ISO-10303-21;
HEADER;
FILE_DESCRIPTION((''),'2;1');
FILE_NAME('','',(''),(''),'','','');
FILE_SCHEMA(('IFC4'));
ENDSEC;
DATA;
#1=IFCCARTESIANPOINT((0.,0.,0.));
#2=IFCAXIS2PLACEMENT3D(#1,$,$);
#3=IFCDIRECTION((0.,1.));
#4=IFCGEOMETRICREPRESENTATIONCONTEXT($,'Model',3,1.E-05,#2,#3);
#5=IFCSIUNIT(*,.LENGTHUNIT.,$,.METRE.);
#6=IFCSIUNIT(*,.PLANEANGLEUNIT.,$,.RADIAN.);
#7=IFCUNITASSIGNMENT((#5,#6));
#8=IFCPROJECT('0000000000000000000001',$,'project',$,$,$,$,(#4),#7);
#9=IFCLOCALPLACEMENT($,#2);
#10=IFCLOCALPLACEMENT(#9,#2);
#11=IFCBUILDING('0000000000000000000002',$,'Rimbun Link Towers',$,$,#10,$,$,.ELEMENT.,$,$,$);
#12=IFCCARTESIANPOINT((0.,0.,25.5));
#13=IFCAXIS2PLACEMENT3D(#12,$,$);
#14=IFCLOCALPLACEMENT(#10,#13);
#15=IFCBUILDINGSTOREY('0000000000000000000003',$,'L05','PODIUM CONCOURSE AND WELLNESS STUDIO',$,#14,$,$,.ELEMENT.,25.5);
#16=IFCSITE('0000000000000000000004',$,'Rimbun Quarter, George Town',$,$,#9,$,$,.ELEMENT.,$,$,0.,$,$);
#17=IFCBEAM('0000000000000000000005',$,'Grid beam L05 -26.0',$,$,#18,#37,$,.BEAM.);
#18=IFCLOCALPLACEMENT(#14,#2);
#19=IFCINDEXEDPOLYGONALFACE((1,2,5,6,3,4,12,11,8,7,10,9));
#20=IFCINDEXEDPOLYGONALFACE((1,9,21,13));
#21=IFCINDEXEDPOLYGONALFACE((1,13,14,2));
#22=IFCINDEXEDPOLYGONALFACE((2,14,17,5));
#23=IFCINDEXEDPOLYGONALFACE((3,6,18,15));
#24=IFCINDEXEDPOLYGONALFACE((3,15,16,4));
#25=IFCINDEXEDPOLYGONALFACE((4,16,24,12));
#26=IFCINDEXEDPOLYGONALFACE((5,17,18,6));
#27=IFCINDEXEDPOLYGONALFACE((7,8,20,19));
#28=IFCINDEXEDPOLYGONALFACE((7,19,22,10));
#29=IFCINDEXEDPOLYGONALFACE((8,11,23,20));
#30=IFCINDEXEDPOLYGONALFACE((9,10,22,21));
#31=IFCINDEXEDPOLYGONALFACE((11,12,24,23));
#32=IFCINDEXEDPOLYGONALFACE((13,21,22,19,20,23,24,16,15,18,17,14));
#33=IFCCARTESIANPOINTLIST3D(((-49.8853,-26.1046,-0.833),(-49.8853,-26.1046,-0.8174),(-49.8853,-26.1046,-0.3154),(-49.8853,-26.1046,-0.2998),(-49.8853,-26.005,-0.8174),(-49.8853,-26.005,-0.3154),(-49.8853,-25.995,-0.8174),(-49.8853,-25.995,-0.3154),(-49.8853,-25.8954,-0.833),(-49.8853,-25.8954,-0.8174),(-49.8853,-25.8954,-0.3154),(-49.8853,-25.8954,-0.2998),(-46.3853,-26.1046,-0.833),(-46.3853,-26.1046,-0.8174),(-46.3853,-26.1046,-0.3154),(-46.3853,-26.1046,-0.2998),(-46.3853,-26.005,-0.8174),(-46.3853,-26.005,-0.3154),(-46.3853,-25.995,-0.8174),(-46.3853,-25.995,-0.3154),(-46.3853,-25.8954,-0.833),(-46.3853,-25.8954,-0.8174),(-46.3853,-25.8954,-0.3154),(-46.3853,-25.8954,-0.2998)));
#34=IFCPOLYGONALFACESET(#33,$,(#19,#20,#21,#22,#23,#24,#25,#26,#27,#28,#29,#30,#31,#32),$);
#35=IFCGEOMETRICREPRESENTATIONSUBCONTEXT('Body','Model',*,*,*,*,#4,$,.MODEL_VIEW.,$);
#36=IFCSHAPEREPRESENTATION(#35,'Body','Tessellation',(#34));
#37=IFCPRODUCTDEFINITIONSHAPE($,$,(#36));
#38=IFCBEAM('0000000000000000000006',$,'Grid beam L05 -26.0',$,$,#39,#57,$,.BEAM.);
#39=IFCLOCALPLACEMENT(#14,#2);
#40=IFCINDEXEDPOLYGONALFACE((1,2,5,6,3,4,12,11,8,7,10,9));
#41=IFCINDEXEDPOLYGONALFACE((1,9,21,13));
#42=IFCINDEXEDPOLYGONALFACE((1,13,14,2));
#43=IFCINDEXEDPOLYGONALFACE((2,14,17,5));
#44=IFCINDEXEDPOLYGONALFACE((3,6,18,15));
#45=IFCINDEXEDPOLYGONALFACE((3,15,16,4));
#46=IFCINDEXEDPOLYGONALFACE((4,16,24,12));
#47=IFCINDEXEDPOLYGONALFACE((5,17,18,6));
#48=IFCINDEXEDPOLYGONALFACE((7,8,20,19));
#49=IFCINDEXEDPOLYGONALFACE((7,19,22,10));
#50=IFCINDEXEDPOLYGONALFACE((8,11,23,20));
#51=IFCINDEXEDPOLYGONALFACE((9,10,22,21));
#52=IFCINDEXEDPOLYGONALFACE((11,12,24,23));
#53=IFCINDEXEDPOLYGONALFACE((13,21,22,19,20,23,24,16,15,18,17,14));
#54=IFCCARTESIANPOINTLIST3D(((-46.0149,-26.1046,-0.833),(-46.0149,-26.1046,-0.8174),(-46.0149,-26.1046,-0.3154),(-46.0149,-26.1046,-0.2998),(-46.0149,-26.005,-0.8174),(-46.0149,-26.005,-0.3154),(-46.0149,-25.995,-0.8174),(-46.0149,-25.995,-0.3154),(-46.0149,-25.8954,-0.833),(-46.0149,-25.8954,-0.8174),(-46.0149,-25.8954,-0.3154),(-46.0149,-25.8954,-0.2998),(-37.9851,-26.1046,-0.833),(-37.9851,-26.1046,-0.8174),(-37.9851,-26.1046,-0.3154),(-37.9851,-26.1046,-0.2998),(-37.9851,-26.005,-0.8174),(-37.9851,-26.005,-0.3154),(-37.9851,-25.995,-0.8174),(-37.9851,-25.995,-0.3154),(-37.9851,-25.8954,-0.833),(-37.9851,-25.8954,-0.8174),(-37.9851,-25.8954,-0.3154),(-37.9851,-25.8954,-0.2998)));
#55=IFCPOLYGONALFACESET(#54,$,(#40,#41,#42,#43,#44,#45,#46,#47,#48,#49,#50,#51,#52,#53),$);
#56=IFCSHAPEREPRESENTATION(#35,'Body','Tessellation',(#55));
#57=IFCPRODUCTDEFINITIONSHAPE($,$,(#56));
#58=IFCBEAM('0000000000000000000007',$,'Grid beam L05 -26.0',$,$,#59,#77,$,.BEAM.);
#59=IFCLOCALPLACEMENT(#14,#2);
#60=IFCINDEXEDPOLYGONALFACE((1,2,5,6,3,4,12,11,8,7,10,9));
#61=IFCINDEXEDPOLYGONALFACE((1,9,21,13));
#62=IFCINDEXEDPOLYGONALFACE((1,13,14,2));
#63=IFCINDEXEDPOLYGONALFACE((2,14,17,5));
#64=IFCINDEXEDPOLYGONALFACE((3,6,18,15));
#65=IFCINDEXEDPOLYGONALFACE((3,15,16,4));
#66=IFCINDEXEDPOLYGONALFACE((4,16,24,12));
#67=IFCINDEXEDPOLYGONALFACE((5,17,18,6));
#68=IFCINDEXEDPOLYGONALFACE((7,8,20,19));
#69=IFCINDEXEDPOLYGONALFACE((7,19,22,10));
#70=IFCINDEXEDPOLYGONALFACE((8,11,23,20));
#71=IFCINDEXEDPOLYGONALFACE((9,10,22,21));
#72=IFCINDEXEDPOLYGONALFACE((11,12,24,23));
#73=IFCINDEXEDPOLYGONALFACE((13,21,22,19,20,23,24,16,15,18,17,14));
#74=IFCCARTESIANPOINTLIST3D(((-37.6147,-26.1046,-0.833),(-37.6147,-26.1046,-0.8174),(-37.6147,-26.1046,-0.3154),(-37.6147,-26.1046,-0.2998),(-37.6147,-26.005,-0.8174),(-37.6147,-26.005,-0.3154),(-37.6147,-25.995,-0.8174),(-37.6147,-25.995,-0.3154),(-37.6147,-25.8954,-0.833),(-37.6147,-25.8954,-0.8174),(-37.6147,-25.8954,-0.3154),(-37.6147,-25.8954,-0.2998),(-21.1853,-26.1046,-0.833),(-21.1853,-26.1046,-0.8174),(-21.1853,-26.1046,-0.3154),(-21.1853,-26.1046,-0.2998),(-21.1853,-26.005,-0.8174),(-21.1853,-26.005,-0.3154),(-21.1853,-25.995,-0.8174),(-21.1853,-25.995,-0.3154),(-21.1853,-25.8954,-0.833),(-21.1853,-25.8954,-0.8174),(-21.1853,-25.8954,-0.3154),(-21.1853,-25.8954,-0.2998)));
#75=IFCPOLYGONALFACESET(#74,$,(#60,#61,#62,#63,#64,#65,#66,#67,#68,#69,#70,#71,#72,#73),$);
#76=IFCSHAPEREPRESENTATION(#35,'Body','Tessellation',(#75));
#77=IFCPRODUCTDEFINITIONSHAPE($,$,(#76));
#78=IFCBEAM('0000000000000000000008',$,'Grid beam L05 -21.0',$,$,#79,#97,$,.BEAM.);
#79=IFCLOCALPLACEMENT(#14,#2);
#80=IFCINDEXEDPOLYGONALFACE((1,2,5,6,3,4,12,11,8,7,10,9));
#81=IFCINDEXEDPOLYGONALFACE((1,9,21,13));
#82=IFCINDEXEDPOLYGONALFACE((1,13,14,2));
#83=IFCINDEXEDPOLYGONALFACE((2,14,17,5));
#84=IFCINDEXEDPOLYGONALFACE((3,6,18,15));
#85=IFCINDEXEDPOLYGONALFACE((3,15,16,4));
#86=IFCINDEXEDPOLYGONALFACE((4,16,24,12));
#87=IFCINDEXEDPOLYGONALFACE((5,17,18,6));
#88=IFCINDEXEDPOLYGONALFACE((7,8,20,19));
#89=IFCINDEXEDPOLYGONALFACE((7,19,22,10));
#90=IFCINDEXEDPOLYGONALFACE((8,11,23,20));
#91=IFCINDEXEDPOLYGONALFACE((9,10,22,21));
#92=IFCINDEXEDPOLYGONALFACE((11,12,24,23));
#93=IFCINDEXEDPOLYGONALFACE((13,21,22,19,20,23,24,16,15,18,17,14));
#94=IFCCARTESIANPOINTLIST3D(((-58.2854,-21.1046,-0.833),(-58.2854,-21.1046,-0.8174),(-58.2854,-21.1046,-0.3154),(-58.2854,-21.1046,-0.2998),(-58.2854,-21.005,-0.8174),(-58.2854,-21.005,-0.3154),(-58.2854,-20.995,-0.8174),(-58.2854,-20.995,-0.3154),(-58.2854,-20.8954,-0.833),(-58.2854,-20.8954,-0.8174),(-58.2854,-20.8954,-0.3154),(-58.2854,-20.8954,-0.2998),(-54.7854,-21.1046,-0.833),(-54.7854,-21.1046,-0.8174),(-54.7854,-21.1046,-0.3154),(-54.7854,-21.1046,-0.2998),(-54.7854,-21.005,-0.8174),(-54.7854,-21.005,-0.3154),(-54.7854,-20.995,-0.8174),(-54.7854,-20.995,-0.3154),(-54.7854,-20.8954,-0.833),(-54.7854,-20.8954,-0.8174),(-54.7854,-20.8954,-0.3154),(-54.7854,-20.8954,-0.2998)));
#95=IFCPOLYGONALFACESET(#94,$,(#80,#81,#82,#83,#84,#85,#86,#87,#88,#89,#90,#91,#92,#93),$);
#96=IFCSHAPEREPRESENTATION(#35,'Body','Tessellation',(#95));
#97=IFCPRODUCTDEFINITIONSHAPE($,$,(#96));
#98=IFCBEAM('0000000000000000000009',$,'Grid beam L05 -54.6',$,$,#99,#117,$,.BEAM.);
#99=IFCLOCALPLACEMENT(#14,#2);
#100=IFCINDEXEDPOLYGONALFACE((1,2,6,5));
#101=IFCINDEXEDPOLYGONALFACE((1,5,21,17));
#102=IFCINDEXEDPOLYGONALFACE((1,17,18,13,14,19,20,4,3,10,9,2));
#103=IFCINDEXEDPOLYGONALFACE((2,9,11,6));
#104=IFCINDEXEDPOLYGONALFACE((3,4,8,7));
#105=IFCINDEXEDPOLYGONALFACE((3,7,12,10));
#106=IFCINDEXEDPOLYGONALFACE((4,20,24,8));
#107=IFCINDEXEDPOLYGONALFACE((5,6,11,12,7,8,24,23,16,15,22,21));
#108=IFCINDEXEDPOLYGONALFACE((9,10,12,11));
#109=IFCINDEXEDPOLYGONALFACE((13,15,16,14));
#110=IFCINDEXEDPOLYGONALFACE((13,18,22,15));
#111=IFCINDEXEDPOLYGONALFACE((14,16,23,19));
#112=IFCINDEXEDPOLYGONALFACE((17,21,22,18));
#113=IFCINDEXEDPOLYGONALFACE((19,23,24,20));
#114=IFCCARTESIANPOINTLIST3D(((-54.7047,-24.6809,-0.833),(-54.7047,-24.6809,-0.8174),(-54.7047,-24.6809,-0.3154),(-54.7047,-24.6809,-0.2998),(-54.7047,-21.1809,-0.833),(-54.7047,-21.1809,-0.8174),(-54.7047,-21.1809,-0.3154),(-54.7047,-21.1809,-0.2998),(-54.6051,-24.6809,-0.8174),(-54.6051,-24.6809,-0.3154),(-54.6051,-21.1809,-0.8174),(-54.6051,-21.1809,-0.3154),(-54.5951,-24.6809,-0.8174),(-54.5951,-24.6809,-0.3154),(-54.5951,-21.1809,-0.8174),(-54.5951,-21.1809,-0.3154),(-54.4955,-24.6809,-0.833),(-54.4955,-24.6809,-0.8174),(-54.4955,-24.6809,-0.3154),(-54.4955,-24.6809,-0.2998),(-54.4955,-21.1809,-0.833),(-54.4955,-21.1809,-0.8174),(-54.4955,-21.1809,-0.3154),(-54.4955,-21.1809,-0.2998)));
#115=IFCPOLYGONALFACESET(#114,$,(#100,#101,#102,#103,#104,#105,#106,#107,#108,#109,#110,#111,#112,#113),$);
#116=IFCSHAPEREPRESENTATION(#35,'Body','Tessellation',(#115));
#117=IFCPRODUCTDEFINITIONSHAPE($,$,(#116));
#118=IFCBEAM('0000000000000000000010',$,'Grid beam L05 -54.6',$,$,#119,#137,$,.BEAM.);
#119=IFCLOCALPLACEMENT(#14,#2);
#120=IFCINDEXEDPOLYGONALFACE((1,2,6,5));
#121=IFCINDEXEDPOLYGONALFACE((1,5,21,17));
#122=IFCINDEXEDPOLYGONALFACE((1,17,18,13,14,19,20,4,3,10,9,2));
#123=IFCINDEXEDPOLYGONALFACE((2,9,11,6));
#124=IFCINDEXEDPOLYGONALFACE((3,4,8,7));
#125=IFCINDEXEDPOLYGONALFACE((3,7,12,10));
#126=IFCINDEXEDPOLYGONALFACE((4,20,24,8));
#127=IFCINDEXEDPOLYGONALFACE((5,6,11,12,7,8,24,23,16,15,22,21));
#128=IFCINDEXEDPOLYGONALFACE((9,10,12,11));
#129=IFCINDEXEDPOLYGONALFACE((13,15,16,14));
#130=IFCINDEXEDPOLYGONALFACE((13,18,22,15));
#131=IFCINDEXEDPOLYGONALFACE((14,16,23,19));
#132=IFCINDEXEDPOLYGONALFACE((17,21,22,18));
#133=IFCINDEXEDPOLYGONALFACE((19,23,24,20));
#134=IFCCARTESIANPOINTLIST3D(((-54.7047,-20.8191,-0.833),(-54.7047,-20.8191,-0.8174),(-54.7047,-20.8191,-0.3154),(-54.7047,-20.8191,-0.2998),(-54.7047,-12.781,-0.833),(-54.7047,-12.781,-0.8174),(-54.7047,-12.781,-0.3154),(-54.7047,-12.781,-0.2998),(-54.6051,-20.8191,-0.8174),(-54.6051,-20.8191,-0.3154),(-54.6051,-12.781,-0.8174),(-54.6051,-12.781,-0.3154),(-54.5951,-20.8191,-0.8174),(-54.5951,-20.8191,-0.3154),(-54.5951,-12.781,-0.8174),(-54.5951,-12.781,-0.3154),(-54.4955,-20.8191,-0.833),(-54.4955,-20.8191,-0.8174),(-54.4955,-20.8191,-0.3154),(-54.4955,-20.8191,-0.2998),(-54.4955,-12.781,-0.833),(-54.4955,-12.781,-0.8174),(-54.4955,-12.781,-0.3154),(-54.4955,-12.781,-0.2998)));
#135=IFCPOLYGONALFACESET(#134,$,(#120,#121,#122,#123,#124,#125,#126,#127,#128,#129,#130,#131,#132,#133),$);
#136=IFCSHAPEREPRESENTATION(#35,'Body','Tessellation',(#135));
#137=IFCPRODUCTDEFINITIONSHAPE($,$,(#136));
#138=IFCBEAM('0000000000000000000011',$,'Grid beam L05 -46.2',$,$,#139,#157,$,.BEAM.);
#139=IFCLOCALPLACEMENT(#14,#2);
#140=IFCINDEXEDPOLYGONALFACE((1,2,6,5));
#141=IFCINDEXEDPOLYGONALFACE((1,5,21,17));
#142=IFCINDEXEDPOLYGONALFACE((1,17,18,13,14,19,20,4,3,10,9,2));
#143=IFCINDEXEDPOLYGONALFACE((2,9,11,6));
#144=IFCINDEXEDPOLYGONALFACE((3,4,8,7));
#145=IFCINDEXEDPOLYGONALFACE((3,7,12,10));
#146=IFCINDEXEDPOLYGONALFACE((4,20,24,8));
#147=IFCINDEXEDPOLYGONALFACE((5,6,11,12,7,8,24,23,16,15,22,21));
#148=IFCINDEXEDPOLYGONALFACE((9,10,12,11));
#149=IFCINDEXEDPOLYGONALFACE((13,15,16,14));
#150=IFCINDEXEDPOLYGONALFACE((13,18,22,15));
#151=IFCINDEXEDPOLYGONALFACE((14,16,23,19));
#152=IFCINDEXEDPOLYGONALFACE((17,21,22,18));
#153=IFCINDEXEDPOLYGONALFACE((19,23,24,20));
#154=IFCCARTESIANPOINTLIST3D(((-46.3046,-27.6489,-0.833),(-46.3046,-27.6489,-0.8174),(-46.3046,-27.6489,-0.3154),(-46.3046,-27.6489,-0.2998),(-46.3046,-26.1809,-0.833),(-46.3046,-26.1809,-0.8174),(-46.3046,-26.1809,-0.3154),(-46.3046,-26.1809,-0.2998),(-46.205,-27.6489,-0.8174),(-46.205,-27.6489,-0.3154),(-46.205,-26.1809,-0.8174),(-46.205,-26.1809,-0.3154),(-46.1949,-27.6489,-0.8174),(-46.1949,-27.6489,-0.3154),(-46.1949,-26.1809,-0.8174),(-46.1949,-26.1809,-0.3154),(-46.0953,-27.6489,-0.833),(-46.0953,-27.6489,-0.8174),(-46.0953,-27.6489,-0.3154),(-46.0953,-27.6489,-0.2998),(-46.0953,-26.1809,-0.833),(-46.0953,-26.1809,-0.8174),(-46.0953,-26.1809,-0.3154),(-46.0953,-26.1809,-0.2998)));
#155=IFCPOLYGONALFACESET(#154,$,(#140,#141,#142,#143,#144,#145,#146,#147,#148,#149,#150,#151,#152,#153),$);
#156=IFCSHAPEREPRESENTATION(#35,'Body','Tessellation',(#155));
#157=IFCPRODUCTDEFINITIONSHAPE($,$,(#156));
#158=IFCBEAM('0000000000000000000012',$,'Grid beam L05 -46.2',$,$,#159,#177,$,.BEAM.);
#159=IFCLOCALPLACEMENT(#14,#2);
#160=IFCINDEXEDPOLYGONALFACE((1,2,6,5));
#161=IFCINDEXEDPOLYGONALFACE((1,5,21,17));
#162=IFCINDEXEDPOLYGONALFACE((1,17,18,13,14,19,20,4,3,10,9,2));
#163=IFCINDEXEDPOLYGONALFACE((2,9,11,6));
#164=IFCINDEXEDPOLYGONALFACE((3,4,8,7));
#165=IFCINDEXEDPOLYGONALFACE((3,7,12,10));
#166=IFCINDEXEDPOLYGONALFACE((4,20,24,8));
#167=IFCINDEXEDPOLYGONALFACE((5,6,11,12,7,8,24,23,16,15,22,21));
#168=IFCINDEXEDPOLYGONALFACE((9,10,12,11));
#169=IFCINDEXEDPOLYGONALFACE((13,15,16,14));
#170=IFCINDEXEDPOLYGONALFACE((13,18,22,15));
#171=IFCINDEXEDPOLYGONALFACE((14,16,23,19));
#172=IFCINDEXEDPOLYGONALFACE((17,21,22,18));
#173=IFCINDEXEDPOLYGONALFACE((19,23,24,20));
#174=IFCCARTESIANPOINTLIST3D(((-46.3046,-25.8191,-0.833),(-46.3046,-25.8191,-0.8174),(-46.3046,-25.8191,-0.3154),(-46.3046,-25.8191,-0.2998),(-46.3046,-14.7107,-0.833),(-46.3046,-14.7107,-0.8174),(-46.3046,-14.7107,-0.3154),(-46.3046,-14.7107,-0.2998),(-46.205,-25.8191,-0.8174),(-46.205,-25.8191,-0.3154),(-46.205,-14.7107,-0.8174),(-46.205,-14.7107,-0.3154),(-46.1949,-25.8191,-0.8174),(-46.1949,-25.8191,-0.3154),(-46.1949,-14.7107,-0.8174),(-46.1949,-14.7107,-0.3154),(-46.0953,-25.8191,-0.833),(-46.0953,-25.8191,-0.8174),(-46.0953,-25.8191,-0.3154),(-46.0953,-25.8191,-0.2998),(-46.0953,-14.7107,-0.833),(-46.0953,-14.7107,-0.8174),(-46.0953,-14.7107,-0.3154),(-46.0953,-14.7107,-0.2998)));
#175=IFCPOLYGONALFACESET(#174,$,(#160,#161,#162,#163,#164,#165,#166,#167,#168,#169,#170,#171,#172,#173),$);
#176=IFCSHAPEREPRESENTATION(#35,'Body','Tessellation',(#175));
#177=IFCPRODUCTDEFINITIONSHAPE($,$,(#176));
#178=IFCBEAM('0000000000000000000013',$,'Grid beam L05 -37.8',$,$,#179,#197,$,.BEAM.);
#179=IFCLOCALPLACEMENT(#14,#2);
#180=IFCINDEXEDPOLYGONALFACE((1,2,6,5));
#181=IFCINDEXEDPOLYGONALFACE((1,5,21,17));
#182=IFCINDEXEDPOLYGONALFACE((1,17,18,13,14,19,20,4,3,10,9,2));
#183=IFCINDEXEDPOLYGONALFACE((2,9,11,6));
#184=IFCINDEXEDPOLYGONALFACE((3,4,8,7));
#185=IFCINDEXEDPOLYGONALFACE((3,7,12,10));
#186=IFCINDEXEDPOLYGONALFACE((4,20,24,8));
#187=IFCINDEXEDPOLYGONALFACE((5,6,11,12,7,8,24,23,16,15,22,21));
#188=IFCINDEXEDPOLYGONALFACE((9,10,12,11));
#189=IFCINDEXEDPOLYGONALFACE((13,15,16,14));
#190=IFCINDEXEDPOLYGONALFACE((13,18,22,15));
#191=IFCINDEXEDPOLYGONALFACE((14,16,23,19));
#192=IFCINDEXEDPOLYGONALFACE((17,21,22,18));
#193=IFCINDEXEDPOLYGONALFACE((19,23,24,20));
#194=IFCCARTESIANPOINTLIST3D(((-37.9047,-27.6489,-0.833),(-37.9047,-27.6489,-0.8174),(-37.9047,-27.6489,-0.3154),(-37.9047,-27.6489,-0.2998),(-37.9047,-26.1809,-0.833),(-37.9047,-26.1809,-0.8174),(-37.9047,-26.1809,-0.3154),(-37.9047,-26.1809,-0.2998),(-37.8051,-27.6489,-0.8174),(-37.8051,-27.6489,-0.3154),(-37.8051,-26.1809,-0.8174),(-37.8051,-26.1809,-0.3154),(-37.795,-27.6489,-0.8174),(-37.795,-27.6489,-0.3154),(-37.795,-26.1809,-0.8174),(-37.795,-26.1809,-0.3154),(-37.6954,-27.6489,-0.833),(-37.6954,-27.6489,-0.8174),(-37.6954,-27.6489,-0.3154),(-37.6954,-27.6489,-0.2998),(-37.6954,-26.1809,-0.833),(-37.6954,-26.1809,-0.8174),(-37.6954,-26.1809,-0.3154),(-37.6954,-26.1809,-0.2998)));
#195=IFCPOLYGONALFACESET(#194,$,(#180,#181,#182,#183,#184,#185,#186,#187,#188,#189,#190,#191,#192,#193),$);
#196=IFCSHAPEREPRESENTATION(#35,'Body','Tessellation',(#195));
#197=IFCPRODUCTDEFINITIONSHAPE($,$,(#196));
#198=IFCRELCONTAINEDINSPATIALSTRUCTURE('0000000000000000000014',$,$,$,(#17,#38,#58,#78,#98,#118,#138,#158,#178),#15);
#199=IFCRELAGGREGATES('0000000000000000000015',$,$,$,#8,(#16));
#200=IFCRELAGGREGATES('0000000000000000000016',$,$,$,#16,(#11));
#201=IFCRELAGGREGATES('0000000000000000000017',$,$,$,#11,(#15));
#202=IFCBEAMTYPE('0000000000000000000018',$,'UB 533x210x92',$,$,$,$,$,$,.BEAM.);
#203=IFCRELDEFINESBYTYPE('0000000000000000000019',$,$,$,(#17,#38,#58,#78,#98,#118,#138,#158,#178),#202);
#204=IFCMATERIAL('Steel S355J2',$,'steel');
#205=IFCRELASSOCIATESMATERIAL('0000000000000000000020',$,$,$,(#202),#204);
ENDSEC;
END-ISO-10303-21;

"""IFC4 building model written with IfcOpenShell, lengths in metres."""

from ifc_helpers import new_model, si_unit, direction, frame, origin, origin_2d, place, context, subcontext, project, spatial, i_section, extrude, material, material_profile, profile_set, type_object, element, save


model = new_model("IFC4")

# Units and contexts
model_context = context("Model", 3, precision=1e-05, world=origin(), true_north=direction((0.0, 1.0)))
body_context = subcontext(model_context, "Body", "Model", "MODEL_VIEW")
ifc_project = project(units=[si_unit("LENGTHUNIT", "METRE"), si_unit("PLANEANGLEUNIT", "RADIAN")], contexts=[model_context])

# Site, building, storey
site_placement = place(None, origin())
site = spatial("IfcSite", under=ifc_project, at=site_placement, Name="Rimbun Quarter, George Town", CompositionType="ELEMENT", RefElevation=0.0)
building_placement = place(site_placement, origin())
building = spatial("IfcBuilding", under=site, at=building_placement, Name="Rimbun Link Towers", CompositionType="ELEMENT")
storey_placement = place(building_placement, frame((0.0, 0.0, 25.5)))
storey = spatial("IfcBuildingStorey", under=building, at=storey_placement, Name="L05", Description="PODIUM CONCOURSE AND WELLNESS STUDIO", CompositionType="ELEMENT", Elevation=25.5)

# Beams
ifc_material_1 = material(Name="Steel S355J2", Category="steel")
ifc_material_profile_1 = material_profile(ifc_material_1, i_section(OverallWidth=0.2092, OverallDepth=0.5332, WebThickness=0.01, FlangeThickness=0.0156, at=origin_2d()), Name="UB 533x210x92")
ifc_profile_set_1 = profile_set([ifc_material_profile_1], Name="Steel S355J2")
beam_type_1 = type_object("IfcBeamType", Name="UB 533x210x92", PredefinedType="BEAM", material=ifc_profile_set_1)
beam_1_placement = place(storey_placement, frame((-49.8853, -26.0, -0.5664), z_axis=(1.0, 0.0, 0.0), x_axis=(0.0, 1.0, 0.0)))
element("IfcBeam", 1, at=beam_1_placement, inside=storey, type_object=beam_type_1, Name="Grid beam L05 -26.0", PredefinedType="BEAM", context=body_context, shape_type="SweptSolid", body=[
    extrude(i_section(OverallWidth=0.2092, OverallDepth=0.5332, WebThickness=0.01, FlangeThickness=0.0156, at=origin_2d()), origin(), (0.0, 0.0, 1.0), 3.5),
])
beam_2_placement = place(storey_placement, frame((-46.0149, -26.0, -0.5664), z_axis=(1.0, 0.0, 0.0), x_axis=(0.0, 1.0, 0.0)))
element("IfcBeam", 2, at=beam_2_placement, inside=storey, type_object=beam_type_1, Name="Grid beam L05 -26.0", PredefinedType="BEAM", context=body_context, shape_type="SweptSolid", body=[
    extrude(i_section(OverallWidth=0.2092, OverallDepth=0.5332, WebThickness=0.01, FlangeThickness=0.0156, at=origin_2d()), origin(), (0.0, 0.0, 1.0), 8.0298),
])
beam_3_placement = place(storey_placement, frame((-37.6147, -26.0, -0.5664), z_axis=(1.0, 0.0, 0.0), x_axis=(0.0, 1.0, 0.0)))
element("IfcBeam", 3, at=beam_3_placement, inside=storey, type_object=beam_type_1, Name="Grid beam L05 -26.0", PredefinedType="BEAM", context=body_context, shape_type="SweptSolid", body=[
    extrude(i_section(OverallWidth=0.2092, OverallDepth=0.5332, WebThickness=0.01, FlangeThickness=0.0156, at=origin_2d()), origin(), (0.0, 0.0, 1.0), 16.4294),
])
for number, where, z_axis, x_axis, name in (
    (4, (-58.2854, -21.0, -0.5664), (1.0, 0.0, 0.0), (0.0, 1.0, 0.0), "Grid beam L05 -21.0"),
    (5, (-54.6001, -24.6809, -0.5664), (0.0, 1.0, 0.0), (-1.0, 0.0, 0.0), "Grid beam L05 -54.6"),
):
    element("IfcBeam", number, at=place(storey_placement, frame(where, z_axis=z_axis, x_axis=x_axis)), inside=storey, type_object=beam_type_1, Name=name, PredefinedType="BEAM", context=body_context, shape_type="SweptSolid", body=[
        extrude(i_section(OverallWidth=0.2092, OverallDepth=0.5332, WebThickness=0.01, FlangeThickness=0.0156, at=origin_2d()), origin(), (0.0, 0.0, 1.0), 3.5),
    ])
beam_4_placement = place(storey_placement, frame((-54.6001, -20.8191, -0.5664), z_axis=(0.0, 1.0, 0.0), x_axis=(-1.0, 0.0, 0.0)))
element("IfcBeam", 6, at=beam_4_placement, inside=storey, type_object=beam_type_1, Name="Grid beam L05 -54.6", PredefinedType="BEAM", context=body_context, shape_type="SweptSolid", body=[
    extrude(i_section(OverallWidth=0.2092, OverallDepth=0.5332, WebThickness=0.01, FlangeThickness=0.0156, at=origin_2d()), origin(), (0.0, 0.0, 1.0), 8.0381),
])
beam_5_placement = place(storey_placement, frame((-46.2, -27.6489, -0.5664), z_axis=(0.0, 1.0, 0.0), x_axis=(-1.0, 0.0, 0.0)))
element("IfcBeam", 7, at=beam_5_placement, inside=storey, type_object=beam_type_1, Name="Grid beam L05 -46.2", PredefinedType="BEAM", context=body_context, shape_type="SweptSolid", body=[
    extrude(i_section(OverallWidth=0.2092, OverallDepth=0.5332, WebThickness=0.01, FlangeThickness=0.0156, at=origin_2d()), origin(), (0.0, 0.0, 1.0), 1.468),
])
beam_6_placement = place(storey_placement, frame((-46.2, -25.8191, -0.5664), z_axis=(0.0, 1.0, 0.0), x_axis=(-1.0, 0.0, 0.0)))
element("IfcBeam", 8, at=beam_6_placement, inside=storey, type_object=beam_type_1, Name="Grid beam L05 -46.2", PredefinedType="BEAM", context=body_context, shape_type="SweptSolid", body=[
    extrude(i_section(OverallWidth=0.2092, OverallDepth=0.5332, WebThickness=0.01, FlangeThickness=0.0156, at=origin_2d()), origin(), (0.0, 0.0, 1.0), 11.1084),
])
beam_7_placement = place(storey_placement, frame((-37.8, -27.6489, -0.5664), z_axis=(0.0, 1.0, 0.0), x_axis=(-1.0, 0.0, 0.0)))
element("IfcBeam", 9, at=beam_7_placement, inside=storey, type_object=beam_type_1, Name="Grid beam L05 -37.8", PredefinedType="BEAM", context=body_context, shape_type="SweptSolid", body=[
    extrude(i_section(OverallWidth=0.2092, OverallDepth=0.5332, WebThickness=0.01, FlangeThickness=0.0156, at=origin_2d()), origin(), (0.0, 0.0, 1.0), 1.468),
])

save(model, "model.ifc")
